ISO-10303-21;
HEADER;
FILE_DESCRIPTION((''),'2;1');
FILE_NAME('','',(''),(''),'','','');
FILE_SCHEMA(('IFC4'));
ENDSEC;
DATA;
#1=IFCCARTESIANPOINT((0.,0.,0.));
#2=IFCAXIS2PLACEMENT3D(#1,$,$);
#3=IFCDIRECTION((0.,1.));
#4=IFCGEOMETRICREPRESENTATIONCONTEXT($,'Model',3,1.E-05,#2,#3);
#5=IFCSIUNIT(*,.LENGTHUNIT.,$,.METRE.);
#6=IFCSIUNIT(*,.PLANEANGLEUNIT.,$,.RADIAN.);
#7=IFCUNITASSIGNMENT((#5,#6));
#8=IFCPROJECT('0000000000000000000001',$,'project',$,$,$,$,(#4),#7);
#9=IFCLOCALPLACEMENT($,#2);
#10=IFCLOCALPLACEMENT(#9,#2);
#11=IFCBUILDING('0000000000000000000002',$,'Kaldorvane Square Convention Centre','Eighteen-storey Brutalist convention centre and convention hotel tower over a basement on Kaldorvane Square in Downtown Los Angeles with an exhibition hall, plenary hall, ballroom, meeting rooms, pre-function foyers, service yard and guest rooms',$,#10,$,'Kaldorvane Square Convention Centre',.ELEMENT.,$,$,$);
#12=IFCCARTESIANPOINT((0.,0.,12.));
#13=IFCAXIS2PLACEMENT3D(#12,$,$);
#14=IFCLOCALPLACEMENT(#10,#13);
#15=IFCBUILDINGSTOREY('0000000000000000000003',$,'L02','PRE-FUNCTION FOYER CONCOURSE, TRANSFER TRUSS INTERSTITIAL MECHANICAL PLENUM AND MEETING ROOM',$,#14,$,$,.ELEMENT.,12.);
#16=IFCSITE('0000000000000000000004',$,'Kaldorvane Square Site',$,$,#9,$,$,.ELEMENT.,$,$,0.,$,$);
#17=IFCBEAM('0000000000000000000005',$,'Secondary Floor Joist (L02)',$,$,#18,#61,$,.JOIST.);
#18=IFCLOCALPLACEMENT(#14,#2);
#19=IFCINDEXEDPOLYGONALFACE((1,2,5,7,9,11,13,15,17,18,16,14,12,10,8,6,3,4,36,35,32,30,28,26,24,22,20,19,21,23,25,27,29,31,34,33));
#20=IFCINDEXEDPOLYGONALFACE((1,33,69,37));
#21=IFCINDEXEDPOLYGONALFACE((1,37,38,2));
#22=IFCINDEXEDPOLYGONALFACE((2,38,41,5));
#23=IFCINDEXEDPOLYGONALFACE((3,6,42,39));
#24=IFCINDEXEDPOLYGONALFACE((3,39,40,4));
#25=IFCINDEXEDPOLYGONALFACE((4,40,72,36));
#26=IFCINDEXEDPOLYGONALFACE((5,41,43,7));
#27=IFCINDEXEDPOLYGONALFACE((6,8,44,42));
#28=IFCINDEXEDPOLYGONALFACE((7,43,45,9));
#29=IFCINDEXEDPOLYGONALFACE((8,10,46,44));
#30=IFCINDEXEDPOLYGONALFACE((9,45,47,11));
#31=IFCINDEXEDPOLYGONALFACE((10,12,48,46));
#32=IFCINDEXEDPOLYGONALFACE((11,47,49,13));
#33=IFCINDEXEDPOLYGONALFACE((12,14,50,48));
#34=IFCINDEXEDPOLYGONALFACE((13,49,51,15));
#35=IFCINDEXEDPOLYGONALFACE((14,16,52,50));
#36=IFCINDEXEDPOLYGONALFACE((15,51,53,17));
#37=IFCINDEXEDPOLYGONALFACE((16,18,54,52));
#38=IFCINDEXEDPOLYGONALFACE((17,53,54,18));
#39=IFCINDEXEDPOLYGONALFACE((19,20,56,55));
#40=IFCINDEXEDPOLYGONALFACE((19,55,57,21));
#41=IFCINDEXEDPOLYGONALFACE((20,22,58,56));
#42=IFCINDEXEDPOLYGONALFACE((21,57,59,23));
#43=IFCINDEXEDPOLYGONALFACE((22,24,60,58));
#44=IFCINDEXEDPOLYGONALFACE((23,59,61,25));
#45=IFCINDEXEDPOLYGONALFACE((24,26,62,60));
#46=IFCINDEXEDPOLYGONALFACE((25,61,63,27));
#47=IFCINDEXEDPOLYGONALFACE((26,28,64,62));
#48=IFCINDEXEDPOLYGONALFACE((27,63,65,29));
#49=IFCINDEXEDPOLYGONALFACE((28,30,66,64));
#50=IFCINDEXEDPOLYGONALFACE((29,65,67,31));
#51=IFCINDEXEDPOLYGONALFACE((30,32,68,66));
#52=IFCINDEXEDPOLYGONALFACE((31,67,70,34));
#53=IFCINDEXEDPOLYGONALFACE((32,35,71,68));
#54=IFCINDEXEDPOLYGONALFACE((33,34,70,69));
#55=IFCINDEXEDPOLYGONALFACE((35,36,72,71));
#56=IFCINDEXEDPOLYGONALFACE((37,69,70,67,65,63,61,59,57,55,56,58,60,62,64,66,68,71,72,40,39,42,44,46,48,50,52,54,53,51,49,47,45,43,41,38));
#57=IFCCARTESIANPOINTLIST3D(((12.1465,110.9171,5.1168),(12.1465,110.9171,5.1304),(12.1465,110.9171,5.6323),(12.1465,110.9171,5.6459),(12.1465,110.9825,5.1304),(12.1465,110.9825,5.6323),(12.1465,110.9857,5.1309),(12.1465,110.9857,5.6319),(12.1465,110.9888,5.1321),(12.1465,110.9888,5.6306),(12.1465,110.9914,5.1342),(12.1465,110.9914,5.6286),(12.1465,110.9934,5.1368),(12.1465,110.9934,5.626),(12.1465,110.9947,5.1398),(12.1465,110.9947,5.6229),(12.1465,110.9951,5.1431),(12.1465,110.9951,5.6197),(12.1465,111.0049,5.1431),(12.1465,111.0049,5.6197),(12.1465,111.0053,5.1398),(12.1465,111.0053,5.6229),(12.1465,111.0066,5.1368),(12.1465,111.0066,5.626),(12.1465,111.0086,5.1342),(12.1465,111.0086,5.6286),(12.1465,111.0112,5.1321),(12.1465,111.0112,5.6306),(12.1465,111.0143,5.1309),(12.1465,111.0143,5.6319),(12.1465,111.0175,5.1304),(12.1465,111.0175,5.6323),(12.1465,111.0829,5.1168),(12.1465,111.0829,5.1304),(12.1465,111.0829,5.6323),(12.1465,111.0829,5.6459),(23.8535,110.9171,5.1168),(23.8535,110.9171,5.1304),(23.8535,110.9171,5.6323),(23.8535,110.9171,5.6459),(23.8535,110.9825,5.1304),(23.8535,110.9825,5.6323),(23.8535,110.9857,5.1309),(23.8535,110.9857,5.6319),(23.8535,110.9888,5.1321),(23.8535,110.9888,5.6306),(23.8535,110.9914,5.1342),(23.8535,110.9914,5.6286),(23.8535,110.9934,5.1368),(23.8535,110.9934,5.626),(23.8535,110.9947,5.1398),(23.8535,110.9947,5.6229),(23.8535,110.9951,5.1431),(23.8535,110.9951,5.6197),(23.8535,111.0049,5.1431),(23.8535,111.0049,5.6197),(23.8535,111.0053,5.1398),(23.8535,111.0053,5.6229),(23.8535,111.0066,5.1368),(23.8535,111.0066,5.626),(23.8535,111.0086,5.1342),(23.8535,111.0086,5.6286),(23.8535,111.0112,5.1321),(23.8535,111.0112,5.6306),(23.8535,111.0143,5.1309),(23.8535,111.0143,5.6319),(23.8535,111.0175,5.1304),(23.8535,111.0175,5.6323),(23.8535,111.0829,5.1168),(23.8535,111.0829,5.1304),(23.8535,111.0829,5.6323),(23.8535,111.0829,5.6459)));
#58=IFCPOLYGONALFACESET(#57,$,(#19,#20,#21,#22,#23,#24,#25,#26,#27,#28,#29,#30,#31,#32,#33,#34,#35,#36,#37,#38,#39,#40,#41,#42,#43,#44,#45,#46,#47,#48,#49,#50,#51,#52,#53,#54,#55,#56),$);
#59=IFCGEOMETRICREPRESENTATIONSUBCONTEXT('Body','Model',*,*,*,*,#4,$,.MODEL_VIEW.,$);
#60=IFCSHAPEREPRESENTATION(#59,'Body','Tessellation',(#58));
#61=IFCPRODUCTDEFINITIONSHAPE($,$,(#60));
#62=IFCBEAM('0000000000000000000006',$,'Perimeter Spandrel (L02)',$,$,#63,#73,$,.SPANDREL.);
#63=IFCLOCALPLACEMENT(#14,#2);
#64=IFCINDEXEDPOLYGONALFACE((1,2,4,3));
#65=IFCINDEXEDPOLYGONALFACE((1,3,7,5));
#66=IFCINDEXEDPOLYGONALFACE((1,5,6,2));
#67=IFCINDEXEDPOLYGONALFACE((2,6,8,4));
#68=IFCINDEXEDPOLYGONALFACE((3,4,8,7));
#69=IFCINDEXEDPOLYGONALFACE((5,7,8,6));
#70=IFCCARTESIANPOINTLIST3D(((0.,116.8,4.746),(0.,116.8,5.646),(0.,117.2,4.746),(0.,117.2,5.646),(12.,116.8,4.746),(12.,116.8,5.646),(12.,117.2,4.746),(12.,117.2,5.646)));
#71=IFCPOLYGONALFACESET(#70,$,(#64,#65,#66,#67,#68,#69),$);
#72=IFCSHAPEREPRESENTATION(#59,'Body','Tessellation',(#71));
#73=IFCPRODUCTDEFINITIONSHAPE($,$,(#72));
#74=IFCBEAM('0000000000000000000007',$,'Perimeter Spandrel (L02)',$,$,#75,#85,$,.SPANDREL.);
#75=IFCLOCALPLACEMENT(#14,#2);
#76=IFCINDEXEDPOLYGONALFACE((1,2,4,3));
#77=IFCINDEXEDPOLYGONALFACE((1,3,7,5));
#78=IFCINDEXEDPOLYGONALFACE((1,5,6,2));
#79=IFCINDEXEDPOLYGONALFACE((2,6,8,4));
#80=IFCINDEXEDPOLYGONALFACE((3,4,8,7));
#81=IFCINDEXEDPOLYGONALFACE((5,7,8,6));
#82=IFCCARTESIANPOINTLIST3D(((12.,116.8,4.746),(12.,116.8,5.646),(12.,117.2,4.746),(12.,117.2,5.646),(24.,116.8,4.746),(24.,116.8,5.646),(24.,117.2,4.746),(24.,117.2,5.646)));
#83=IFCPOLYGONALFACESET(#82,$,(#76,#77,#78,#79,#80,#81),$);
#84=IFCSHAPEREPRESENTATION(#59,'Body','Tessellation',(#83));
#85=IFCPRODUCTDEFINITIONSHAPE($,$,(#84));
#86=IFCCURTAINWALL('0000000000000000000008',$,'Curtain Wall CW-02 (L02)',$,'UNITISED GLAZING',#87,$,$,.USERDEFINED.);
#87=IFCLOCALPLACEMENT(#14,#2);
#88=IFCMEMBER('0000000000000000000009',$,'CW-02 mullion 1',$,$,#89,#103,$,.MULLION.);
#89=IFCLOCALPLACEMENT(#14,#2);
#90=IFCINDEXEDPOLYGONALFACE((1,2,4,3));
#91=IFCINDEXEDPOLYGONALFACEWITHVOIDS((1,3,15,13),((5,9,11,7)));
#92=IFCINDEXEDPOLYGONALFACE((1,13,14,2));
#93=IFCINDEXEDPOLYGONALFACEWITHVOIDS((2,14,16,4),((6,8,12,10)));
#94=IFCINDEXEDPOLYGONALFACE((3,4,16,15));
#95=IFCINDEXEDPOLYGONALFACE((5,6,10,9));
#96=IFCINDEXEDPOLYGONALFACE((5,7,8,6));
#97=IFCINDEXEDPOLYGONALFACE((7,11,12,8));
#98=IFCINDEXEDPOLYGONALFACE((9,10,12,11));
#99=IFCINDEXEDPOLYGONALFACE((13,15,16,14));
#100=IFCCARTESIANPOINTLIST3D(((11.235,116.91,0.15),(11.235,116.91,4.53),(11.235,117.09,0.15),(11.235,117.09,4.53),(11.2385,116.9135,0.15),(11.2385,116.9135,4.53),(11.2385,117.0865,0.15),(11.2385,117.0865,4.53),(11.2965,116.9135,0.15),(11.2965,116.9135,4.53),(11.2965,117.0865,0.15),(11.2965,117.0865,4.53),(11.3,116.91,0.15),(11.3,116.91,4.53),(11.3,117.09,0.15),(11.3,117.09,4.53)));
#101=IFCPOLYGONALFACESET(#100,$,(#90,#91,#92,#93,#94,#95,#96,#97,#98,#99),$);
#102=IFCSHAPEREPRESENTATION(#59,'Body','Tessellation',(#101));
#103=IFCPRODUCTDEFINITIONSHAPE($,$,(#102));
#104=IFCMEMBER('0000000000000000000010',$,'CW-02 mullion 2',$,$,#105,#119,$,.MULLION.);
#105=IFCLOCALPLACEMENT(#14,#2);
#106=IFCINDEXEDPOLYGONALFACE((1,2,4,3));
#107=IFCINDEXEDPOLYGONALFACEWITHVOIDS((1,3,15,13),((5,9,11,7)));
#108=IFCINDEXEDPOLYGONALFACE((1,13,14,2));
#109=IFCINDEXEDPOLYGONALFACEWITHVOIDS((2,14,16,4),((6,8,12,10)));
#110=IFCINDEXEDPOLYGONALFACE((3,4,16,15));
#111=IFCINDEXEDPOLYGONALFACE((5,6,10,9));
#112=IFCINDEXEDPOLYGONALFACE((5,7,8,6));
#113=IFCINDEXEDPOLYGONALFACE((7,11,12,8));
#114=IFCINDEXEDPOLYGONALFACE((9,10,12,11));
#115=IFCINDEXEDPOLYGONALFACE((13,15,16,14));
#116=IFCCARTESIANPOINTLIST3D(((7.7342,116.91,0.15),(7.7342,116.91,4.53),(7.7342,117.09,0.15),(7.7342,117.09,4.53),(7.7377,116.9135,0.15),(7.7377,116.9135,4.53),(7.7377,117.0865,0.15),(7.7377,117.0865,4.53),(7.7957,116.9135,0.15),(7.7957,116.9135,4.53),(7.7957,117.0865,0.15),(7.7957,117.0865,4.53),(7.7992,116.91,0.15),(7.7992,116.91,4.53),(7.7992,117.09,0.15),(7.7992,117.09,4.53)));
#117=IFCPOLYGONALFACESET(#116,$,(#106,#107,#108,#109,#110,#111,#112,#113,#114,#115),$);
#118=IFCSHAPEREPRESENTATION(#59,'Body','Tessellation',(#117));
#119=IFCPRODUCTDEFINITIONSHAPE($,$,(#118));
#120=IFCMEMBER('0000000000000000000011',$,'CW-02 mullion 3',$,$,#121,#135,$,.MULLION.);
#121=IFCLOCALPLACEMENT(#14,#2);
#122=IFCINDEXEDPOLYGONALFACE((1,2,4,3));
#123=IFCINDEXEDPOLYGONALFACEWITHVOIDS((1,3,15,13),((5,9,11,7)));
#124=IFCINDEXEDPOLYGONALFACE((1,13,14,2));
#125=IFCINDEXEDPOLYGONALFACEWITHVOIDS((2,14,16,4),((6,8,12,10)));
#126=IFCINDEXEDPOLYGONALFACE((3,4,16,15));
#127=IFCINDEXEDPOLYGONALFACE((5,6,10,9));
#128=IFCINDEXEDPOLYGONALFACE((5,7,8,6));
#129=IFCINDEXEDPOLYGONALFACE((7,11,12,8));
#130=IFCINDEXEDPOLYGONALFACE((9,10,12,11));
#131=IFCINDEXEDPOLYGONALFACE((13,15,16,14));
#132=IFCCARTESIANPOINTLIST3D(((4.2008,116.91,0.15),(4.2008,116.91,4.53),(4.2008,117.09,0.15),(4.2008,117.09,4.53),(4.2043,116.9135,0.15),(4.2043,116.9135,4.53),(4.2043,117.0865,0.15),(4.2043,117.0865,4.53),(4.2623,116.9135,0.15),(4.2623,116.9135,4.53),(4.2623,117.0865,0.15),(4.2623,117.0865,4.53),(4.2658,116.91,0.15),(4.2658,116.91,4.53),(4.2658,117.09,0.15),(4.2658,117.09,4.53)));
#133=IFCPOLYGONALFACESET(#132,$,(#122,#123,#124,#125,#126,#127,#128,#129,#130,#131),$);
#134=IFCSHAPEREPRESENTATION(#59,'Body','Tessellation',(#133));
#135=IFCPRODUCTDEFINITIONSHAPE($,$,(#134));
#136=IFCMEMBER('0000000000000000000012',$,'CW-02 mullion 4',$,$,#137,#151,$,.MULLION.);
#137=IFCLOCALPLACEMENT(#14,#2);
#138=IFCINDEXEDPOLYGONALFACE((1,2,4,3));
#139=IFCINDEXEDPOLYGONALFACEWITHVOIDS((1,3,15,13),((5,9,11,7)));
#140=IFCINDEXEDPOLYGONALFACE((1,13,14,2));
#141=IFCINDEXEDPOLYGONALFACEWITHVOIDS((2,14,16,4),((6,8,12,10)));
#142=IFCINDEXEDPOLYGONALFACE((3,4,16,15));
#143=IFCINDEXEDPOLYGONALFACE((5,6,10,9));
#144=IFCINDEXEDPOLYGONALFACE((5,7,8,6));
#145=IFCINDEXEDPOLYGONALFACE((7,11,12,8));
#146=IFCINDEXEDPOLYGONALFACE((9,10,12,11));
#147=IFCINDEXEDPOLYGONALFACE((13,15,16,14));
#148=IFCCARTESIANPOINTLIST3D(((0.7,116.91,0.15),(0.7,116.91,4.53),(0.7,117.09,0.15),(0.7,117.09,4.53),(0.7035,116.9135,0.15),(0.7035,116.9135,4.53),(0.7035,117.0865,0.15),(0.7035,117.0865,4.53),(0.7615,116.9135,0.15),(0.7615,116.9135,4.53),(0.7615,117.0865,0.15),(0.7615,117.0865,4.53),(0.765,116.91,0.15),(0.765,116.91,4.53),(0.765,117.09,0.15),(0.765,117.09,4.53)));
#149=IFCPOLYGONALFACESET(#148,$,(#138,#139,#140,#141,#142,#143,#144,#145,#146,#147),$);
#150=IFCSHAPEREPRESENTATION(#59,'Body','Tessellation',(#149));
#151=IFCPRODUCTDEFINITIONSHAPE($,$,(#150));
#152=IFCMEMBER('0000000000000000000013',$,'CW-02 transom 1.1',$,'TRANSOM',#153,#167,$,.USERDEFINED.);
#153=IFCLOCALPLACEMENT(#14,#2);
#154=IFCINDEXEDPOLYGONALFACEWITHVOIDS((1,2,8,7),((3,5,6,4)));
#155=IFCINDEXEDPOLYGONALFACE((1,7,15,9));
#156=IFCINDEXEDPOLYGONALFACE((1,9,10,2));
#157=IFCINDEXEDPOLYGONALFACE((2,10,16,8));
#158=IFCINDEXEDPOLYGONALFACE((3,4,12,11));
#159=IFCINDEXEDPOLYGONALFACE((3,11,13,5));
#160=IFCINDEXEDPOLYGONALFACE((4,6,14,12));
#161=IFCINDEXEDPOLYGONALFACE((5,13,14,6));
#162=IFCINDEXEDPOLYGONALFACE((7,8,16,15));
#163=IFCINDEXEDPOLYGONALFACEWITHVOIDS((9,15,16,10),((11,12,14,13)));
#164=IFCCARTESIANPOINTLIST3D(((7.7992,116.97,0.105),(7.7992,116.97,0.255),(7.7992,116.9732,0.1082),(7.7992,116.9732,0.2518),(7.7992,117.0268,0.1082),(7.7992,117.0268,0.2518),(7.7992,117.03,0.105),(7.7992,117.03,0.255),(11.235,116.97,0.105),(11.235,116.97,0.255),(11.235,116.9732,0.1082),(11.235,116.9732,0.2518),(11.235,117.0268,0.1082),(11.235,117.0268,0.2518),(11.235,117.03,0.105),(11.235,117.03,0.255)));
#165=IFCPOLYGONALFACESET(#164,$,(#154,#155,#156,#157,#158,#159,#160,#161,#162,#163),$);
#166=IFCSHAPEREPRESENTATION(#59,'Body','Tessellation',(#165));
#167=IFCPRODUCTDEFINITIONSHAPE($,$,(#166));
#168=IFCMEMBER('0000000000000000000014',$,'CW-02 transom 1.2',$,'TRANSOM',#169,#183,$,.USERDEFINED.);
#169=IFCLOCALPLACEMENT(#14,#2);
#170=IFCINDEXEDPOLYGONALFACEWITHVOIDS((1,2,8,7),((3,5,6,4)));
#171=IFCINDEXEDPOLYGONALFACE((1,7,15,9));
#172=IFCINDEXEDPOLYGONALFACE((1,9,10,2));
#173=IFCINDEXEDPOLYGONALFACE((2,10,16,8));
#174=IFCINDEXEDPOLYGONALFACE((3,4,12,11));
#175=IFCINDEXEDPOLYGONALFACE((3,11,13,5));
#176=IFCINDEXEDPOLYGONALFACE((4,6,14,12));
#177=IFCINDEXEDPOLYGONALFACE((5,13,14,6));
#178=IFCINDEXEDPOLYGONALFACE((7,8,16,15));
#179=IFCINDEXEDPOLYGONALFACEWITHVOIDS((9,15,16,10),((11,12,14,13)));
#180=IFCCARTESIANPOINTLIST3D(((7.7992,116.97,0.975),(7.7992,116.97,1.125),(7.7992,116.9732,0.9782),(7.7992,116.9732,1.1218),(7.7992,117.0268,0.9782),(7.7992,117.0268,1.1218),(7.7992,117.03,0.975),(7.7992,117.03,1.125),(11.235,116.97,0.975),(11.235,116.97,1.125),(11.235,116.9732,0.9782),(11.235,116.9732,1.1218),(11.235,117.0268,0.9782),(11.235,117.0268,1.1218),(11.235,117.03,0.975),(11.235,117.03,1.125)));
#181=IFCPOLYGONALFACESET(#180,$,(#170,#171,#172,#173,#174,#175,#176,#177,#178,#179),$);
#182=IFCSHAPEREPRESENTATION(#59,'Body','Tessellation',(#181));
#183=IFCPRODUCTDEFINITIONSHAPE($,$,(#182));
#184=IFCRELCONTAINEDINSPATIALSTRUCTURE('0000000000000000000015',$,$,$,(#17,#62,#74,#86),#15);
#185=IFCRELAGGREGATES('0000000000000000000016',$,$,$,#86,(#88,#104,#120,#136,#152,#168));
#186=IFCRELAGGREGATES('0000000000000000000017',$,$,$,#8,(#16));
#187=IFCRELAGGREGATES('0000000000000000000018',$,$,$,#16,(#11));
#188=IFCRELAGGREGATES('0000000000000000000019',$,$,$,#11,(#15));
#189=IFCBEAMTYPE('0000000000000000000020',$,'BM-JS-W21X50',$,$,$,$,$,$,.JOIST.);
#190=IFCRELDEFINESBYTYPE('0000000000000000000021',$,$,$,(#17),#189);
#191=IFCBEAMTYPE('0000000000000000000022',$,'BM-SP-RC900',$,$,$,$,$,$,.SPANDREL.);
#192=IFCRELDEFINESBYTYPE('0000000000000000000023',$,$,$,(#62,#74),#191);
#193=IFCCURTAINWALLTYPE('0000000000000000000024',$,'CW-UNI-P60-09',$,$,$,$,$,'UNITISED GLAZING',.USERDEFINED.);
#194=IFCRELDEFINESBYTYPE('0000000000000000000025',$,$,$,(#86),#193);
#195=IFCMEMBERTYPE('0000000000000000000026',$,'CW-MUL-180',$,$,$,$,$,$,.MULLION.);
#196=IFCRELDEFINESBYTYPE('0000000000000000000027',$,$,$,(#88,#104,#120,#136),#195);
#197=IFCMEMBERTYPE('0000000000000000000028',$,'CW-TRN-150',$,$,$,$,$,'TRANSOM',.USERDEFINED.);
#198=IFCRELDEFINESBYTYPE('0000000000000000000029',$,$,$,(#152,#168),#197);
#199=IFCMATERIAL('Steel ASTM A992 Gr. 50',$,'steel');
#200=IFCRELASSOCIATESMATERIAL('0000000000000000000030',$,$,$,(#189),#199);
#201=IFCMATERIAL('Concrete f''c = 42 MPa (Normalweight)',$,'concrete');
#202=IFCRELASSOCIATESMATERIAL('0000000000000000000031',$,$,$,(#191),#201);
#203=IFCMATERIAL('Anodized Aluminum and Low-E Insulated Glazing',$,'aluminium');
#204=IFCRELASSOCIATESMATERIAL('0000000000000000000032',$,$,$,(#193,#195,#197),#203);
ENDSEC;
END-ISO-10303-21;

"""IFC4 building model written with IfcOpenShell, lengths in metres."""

from ifc_helpers import new_model, si_unit, direction, frame, origin, origin_2d, place, context, subcontext, project, spatial, rectangle, hollow_rectangle, i_section, extrude, material, material_profile, profile_set, type_object, element, aggregate, save


model = new_model("IFC4")

# Units and contexts
model_context = context("Model", 3, precision=1e-05, world=origin(), true_north=direction((0.0, 1.0)))
body_context = subcontext(model_context, "Body", "Model", "MODEL_VIEW")
ifc_project = project(units=[si_unit("LENGTHUNIT", "METRE"), si_unit("PLANEANGLEUNIT", "RADIAN")], contexts=[model_context])

# Site, building, storey
site_placement = place(None, origin())
site = spatial("IfcSite", under=ifc_project, at=site_placement, Name="Kaldorvane Square Site", CompositionType="ELEMENT", RefElevation=0.0)
building_placement = place(site_placement, origin())
building = spatial("IfcBuilding", under=site, at=building_placement, Name="Kaldorvane Square Convention Centre", Description="Eighteen-storey Brutalist convention centre and convention hotel tower over a basement on Kaldorvane Square in Downtown Los Angeles with an exhibition hall, plenary hall, ballroom, meeting rooms, pre-function foyers, service yard and guest rooms", LongName="Kaldorvane Square Convention Centre", CompositionType="ELEMENT")
storey_placement = place(building_placement, frame((0.0, 0.0, 12.0)))
storey = spatial("IfcBuildingStorey", under=building, at=storey_placement, Name="L02", Description="PRE-FUNCTION FOYER CONCOURSE, TRANSFER TRUSS INTERSTITIAL MECHANICAL PLENUM AND MEETING ROOM", CompositionType="ELEMENT", Elevation=12.0)

# Shared definitions
ifc_material_1 = material(Name="Steel ASTM A992 Gr. 50", Category="steel")

# Beams
ifc_material_profile_1 = material_profile(ifc_material_1, i_section(OverallWidth=0.1659, OverallDepth=0.5291, WebThickness=0.0097, FlangeThickness=0.0136, FilletRadius=0.0127, at=origin_2d()), Name="W21X50")
ifc_profile_set_1 = profile_set([ifc_material_profile_1], Name="Steel ASTM A992 Gr. 50")
beam_type_1 = type_object("IfcBeamType", Name="BM-JS-W21X50", PredefinedType="JOIST", material=ifc_profile_set_1)
beam_1_placement = place(storey_placement, frame((12.1465, 111.0, 5.3814), z_axis=(1.0, 0.0, 0.0), x_axis=(0.0, 1.0, 0.0)))
element("IfcBeam", 1, at=beam_1_placement, inside=storey, type_object=beam_type_1, Name="Secondary Floor Joist (L02)", PredefinedType="JOIST", context=body_context, shape_type="SweptSolid", body=[
    extrude(i_section(OverallWidth=0.1659, OverallDepth=0.5291, WebThickness=0.0097, FlangeThickness=0.0136, FilletRadius=0.0127, at=origin_2d()), origin(), (0.0, 0.0, 1.0), 11.707),
])
ifc_material_2 = material(Name="Concrete f'c = 42 MPa (Normalweight)", Category="concrete")
ifc_material_profile_2 = material_profile(ifc_material_2, rectangle(XDim=0.4, YDim=0.9, at=origin_2d()), Name="RCSP900X400")
ifc_profile_set_2 = profile_set([ifc_material_profile_2], Name="Concrete f'c = 42 MPa (Normalweight)")
beam_type_2 = type_object("IfcBeamType", Name="BM-SP-RC900", PredefinedType="SPANDREL", material=ifc_profile_set_2)
for number, where, z_axis, x_axis, name in (
    (2, (0.0, 117.0, 5.196), (1.0, 0.0, 0.0), (0.0, 1.0, 0.0), "Perimeter Spandrel (L02)"),
    (3, (12.0, 117.0, 5.196), (1.0, 0.0, 0.0), (0.0, 1.0, 0.0), "Perimeter Spandrel (L02)"),
):
    element("IfcBeam", number, at=place(storey_placement, frame(where, z_axis=z_axis, x_axis=x_axis)), inside=storey, type_object=beam_type_2, Name=name, PredefinedType="SPANDREL", context=body_context, shape_type="SweptSolid", body=[
        extrude(rectangle(XDim=0.4, YDim=0.9, at=origin_2d()), origin(), (0.0, 0.0, 1.0), 12.0),
    ])

# Curtain wall, members
ifc_material_3 = material(Name="Anodized Aluminum and Low-E Insulated Glazing", Category="aluminium")
curtain_wall_type = type_object("IfcCurtainWallType", Name="CW-UNI-P60-09", ElementType="UNITISED GLAZING", PredefinedType="USERDEFINED", material=ifc_material_3)
curtain_wall_placement = place(storey_placement, origin())
curtain_wall = element("IfcCurtainWall", 4, at=curtain_wall_placement, inside=storey, type_object=curtain_wall_type, Name="Curtain Wall CW-02 (L02)", ObjectType="UNITISED GLAZING", PredefinedType="USERDEFINED")
ifc_material_profile_3 = material_profile(ifc_material_3, hollow_rectangle(XDim=0.065, YDim=0.18, WallThickness=0.0035, at=origin_2d()), Name="CWM-180X65")
ifc_profile_set_3 = profile_set([ifc_material_profile_3], Name="Anodized Aluminum and Low-E Insulated Glazing")
member_type_1 = type_object("IfcMemberType", Name="CW-MUL-180", PredefinedType="MULLION", material=ifc_profile_set_3)
member_1_placement = place(storey_placement, frame((11.2675, 117.0, 0.15), z_axis=(0.0, 0.0, 1.0), x_axis=(-1.0, 0.0, 0.0)))
member_1 = element("IfcMember", 5, at=member_1_placement, type_object=member_type_1, Name="CW-02 mullion 1", PredefinedType="MULLION", context=body_context, shape_type="SweptSolid", body=[
    extrude(hollow_rectangle(XDim=0.065, YDim=0.18, WallThickness=0.0035, at=origin_2d()), origin(), (0.0, 0.0, 1.0), 4.38),
])
member_2_placement = place(storey_placement, frame((7.7667, 117.0, 0.15), z_axis=(0.0, 0.0, 1.0), x_axis=(-1.0, 0.0, 0.0)))
member_2 = element("IfcMember", 6, at=member_2_placement, type_object=member_type_1, Name="CW-02 mullion 2", PredefinedType="MULLION", context=body_context, shape_type="SweptSolid", body=[
    extrude(hollow_rectangle(XDim=0.065, YDim=0.18, WallThickness=0.0035, at=origin_2d()), origin(), (0.0, 0.0, 1.0), 4.38),
])
member_3_placement = place(storey_placement, frame((4.2333, 117.0, 0.15), z_axis=(0.0, 0.0, 1.0), x_axis=(-1.0, 0.0, 0.0)))
member_3 = element("IfcMember", 7, at=member_3_placement, type_object=member_type_1, Name="CW-02 mullion 3", PredefinedType="MULLION", context=body_context, shape_type="SweptSolid", body=[
    extrude(hollow_rectangle(XDim=0.065, YDim=0.18, WallThickness=0.0035, at=origin_2d()), origin(), (0.0, 0.0, 1.0), 4.38),
])
member_4_placement = place(storey_placement, frame((0.7325, 117.0, 0.15), z_axis=(0.0, 0.0, 1.0), x_axis=(-1.0, 0.0, 0.0)))
member_4 = element("IfcMember", 8, at=member_4_placement, type_object=member_type_1, Name="CW-02 mullion 4", PredefinedType="MULLION", context=body_context, shape_type="SweptSolid", body=[
    extrude(hollow_rectangle(XDim=0.065, YDim=0.18, WallThickness=0.0035, at=origin_2d()), origin(), (0.0, 0.0, 1.0), 4.38),
])
ifc_material_profile_4 = material_profile(ifc_material_3, hollow_rectangle(XDim=0.06, YDim=0.15, WallThickness=0.0032, at=origin_2d()), Name="CWT-150X60")
ifc_profile_set_4 = profile_set([ifc_material_profile_4], Name="Anodized Aluminum and Low-E Insulated Glazing")
member_type_2 = type_object("IfcMemberType", Name="CW-TRN-150", ElementType="TRANSOM", PredefinedType="USERDEFINED", material=ifc_profile_set_4)
member_5_placement = place(storey_placement, frame((11.235, 117.0, 0.18), z_axis=(-1.0, 0.0, 0.0), x_axis=(0.0, -1.0, 0.0)))
member_5 = element("IfcMember", 9, at=member_5_placement, type_object=member_type_2, Name="CW-02 transom 1.1", ObjectType="TRANSOM", PredefinedType="USERDEFINED", context=body_context, shape_type="SweptSolid", body=[
    extrude(hollow_rectangle(XDim=0.06, YDim=0.15, WallThickness=0.0032, at=origin_2d()), origin(), (0.0, 0.0, 1.0), 3.4358),
])
member_6_placement = place(storey_placement, frame((11.235, 117.0, 1.05), z_axis=(-1.0, 0.0, 0.0), x_axis=(0.0, -1.0, 0.0)))
member_6 = element("IfcMember", 10, at=member_6_placement, type_object=member_type_2, Name="CW-02 transom 1.2", ObjectType="TRANSOM", PredefinedType="USERDEFINED", context=body_context, shape_type="SweptSolid", body=[
    extrude(hollow_rectangle(XDim=0.06, YDim=0.15, WallThickness=0.0032, at=origin_2d()), origin(), (0.0, 0.0, 1.0), 3.4358),
])
aggregate(curtain_wall, [member_1, member_2, member_3, member_4, member_5, member_6])

save(model, "model.ifc")
